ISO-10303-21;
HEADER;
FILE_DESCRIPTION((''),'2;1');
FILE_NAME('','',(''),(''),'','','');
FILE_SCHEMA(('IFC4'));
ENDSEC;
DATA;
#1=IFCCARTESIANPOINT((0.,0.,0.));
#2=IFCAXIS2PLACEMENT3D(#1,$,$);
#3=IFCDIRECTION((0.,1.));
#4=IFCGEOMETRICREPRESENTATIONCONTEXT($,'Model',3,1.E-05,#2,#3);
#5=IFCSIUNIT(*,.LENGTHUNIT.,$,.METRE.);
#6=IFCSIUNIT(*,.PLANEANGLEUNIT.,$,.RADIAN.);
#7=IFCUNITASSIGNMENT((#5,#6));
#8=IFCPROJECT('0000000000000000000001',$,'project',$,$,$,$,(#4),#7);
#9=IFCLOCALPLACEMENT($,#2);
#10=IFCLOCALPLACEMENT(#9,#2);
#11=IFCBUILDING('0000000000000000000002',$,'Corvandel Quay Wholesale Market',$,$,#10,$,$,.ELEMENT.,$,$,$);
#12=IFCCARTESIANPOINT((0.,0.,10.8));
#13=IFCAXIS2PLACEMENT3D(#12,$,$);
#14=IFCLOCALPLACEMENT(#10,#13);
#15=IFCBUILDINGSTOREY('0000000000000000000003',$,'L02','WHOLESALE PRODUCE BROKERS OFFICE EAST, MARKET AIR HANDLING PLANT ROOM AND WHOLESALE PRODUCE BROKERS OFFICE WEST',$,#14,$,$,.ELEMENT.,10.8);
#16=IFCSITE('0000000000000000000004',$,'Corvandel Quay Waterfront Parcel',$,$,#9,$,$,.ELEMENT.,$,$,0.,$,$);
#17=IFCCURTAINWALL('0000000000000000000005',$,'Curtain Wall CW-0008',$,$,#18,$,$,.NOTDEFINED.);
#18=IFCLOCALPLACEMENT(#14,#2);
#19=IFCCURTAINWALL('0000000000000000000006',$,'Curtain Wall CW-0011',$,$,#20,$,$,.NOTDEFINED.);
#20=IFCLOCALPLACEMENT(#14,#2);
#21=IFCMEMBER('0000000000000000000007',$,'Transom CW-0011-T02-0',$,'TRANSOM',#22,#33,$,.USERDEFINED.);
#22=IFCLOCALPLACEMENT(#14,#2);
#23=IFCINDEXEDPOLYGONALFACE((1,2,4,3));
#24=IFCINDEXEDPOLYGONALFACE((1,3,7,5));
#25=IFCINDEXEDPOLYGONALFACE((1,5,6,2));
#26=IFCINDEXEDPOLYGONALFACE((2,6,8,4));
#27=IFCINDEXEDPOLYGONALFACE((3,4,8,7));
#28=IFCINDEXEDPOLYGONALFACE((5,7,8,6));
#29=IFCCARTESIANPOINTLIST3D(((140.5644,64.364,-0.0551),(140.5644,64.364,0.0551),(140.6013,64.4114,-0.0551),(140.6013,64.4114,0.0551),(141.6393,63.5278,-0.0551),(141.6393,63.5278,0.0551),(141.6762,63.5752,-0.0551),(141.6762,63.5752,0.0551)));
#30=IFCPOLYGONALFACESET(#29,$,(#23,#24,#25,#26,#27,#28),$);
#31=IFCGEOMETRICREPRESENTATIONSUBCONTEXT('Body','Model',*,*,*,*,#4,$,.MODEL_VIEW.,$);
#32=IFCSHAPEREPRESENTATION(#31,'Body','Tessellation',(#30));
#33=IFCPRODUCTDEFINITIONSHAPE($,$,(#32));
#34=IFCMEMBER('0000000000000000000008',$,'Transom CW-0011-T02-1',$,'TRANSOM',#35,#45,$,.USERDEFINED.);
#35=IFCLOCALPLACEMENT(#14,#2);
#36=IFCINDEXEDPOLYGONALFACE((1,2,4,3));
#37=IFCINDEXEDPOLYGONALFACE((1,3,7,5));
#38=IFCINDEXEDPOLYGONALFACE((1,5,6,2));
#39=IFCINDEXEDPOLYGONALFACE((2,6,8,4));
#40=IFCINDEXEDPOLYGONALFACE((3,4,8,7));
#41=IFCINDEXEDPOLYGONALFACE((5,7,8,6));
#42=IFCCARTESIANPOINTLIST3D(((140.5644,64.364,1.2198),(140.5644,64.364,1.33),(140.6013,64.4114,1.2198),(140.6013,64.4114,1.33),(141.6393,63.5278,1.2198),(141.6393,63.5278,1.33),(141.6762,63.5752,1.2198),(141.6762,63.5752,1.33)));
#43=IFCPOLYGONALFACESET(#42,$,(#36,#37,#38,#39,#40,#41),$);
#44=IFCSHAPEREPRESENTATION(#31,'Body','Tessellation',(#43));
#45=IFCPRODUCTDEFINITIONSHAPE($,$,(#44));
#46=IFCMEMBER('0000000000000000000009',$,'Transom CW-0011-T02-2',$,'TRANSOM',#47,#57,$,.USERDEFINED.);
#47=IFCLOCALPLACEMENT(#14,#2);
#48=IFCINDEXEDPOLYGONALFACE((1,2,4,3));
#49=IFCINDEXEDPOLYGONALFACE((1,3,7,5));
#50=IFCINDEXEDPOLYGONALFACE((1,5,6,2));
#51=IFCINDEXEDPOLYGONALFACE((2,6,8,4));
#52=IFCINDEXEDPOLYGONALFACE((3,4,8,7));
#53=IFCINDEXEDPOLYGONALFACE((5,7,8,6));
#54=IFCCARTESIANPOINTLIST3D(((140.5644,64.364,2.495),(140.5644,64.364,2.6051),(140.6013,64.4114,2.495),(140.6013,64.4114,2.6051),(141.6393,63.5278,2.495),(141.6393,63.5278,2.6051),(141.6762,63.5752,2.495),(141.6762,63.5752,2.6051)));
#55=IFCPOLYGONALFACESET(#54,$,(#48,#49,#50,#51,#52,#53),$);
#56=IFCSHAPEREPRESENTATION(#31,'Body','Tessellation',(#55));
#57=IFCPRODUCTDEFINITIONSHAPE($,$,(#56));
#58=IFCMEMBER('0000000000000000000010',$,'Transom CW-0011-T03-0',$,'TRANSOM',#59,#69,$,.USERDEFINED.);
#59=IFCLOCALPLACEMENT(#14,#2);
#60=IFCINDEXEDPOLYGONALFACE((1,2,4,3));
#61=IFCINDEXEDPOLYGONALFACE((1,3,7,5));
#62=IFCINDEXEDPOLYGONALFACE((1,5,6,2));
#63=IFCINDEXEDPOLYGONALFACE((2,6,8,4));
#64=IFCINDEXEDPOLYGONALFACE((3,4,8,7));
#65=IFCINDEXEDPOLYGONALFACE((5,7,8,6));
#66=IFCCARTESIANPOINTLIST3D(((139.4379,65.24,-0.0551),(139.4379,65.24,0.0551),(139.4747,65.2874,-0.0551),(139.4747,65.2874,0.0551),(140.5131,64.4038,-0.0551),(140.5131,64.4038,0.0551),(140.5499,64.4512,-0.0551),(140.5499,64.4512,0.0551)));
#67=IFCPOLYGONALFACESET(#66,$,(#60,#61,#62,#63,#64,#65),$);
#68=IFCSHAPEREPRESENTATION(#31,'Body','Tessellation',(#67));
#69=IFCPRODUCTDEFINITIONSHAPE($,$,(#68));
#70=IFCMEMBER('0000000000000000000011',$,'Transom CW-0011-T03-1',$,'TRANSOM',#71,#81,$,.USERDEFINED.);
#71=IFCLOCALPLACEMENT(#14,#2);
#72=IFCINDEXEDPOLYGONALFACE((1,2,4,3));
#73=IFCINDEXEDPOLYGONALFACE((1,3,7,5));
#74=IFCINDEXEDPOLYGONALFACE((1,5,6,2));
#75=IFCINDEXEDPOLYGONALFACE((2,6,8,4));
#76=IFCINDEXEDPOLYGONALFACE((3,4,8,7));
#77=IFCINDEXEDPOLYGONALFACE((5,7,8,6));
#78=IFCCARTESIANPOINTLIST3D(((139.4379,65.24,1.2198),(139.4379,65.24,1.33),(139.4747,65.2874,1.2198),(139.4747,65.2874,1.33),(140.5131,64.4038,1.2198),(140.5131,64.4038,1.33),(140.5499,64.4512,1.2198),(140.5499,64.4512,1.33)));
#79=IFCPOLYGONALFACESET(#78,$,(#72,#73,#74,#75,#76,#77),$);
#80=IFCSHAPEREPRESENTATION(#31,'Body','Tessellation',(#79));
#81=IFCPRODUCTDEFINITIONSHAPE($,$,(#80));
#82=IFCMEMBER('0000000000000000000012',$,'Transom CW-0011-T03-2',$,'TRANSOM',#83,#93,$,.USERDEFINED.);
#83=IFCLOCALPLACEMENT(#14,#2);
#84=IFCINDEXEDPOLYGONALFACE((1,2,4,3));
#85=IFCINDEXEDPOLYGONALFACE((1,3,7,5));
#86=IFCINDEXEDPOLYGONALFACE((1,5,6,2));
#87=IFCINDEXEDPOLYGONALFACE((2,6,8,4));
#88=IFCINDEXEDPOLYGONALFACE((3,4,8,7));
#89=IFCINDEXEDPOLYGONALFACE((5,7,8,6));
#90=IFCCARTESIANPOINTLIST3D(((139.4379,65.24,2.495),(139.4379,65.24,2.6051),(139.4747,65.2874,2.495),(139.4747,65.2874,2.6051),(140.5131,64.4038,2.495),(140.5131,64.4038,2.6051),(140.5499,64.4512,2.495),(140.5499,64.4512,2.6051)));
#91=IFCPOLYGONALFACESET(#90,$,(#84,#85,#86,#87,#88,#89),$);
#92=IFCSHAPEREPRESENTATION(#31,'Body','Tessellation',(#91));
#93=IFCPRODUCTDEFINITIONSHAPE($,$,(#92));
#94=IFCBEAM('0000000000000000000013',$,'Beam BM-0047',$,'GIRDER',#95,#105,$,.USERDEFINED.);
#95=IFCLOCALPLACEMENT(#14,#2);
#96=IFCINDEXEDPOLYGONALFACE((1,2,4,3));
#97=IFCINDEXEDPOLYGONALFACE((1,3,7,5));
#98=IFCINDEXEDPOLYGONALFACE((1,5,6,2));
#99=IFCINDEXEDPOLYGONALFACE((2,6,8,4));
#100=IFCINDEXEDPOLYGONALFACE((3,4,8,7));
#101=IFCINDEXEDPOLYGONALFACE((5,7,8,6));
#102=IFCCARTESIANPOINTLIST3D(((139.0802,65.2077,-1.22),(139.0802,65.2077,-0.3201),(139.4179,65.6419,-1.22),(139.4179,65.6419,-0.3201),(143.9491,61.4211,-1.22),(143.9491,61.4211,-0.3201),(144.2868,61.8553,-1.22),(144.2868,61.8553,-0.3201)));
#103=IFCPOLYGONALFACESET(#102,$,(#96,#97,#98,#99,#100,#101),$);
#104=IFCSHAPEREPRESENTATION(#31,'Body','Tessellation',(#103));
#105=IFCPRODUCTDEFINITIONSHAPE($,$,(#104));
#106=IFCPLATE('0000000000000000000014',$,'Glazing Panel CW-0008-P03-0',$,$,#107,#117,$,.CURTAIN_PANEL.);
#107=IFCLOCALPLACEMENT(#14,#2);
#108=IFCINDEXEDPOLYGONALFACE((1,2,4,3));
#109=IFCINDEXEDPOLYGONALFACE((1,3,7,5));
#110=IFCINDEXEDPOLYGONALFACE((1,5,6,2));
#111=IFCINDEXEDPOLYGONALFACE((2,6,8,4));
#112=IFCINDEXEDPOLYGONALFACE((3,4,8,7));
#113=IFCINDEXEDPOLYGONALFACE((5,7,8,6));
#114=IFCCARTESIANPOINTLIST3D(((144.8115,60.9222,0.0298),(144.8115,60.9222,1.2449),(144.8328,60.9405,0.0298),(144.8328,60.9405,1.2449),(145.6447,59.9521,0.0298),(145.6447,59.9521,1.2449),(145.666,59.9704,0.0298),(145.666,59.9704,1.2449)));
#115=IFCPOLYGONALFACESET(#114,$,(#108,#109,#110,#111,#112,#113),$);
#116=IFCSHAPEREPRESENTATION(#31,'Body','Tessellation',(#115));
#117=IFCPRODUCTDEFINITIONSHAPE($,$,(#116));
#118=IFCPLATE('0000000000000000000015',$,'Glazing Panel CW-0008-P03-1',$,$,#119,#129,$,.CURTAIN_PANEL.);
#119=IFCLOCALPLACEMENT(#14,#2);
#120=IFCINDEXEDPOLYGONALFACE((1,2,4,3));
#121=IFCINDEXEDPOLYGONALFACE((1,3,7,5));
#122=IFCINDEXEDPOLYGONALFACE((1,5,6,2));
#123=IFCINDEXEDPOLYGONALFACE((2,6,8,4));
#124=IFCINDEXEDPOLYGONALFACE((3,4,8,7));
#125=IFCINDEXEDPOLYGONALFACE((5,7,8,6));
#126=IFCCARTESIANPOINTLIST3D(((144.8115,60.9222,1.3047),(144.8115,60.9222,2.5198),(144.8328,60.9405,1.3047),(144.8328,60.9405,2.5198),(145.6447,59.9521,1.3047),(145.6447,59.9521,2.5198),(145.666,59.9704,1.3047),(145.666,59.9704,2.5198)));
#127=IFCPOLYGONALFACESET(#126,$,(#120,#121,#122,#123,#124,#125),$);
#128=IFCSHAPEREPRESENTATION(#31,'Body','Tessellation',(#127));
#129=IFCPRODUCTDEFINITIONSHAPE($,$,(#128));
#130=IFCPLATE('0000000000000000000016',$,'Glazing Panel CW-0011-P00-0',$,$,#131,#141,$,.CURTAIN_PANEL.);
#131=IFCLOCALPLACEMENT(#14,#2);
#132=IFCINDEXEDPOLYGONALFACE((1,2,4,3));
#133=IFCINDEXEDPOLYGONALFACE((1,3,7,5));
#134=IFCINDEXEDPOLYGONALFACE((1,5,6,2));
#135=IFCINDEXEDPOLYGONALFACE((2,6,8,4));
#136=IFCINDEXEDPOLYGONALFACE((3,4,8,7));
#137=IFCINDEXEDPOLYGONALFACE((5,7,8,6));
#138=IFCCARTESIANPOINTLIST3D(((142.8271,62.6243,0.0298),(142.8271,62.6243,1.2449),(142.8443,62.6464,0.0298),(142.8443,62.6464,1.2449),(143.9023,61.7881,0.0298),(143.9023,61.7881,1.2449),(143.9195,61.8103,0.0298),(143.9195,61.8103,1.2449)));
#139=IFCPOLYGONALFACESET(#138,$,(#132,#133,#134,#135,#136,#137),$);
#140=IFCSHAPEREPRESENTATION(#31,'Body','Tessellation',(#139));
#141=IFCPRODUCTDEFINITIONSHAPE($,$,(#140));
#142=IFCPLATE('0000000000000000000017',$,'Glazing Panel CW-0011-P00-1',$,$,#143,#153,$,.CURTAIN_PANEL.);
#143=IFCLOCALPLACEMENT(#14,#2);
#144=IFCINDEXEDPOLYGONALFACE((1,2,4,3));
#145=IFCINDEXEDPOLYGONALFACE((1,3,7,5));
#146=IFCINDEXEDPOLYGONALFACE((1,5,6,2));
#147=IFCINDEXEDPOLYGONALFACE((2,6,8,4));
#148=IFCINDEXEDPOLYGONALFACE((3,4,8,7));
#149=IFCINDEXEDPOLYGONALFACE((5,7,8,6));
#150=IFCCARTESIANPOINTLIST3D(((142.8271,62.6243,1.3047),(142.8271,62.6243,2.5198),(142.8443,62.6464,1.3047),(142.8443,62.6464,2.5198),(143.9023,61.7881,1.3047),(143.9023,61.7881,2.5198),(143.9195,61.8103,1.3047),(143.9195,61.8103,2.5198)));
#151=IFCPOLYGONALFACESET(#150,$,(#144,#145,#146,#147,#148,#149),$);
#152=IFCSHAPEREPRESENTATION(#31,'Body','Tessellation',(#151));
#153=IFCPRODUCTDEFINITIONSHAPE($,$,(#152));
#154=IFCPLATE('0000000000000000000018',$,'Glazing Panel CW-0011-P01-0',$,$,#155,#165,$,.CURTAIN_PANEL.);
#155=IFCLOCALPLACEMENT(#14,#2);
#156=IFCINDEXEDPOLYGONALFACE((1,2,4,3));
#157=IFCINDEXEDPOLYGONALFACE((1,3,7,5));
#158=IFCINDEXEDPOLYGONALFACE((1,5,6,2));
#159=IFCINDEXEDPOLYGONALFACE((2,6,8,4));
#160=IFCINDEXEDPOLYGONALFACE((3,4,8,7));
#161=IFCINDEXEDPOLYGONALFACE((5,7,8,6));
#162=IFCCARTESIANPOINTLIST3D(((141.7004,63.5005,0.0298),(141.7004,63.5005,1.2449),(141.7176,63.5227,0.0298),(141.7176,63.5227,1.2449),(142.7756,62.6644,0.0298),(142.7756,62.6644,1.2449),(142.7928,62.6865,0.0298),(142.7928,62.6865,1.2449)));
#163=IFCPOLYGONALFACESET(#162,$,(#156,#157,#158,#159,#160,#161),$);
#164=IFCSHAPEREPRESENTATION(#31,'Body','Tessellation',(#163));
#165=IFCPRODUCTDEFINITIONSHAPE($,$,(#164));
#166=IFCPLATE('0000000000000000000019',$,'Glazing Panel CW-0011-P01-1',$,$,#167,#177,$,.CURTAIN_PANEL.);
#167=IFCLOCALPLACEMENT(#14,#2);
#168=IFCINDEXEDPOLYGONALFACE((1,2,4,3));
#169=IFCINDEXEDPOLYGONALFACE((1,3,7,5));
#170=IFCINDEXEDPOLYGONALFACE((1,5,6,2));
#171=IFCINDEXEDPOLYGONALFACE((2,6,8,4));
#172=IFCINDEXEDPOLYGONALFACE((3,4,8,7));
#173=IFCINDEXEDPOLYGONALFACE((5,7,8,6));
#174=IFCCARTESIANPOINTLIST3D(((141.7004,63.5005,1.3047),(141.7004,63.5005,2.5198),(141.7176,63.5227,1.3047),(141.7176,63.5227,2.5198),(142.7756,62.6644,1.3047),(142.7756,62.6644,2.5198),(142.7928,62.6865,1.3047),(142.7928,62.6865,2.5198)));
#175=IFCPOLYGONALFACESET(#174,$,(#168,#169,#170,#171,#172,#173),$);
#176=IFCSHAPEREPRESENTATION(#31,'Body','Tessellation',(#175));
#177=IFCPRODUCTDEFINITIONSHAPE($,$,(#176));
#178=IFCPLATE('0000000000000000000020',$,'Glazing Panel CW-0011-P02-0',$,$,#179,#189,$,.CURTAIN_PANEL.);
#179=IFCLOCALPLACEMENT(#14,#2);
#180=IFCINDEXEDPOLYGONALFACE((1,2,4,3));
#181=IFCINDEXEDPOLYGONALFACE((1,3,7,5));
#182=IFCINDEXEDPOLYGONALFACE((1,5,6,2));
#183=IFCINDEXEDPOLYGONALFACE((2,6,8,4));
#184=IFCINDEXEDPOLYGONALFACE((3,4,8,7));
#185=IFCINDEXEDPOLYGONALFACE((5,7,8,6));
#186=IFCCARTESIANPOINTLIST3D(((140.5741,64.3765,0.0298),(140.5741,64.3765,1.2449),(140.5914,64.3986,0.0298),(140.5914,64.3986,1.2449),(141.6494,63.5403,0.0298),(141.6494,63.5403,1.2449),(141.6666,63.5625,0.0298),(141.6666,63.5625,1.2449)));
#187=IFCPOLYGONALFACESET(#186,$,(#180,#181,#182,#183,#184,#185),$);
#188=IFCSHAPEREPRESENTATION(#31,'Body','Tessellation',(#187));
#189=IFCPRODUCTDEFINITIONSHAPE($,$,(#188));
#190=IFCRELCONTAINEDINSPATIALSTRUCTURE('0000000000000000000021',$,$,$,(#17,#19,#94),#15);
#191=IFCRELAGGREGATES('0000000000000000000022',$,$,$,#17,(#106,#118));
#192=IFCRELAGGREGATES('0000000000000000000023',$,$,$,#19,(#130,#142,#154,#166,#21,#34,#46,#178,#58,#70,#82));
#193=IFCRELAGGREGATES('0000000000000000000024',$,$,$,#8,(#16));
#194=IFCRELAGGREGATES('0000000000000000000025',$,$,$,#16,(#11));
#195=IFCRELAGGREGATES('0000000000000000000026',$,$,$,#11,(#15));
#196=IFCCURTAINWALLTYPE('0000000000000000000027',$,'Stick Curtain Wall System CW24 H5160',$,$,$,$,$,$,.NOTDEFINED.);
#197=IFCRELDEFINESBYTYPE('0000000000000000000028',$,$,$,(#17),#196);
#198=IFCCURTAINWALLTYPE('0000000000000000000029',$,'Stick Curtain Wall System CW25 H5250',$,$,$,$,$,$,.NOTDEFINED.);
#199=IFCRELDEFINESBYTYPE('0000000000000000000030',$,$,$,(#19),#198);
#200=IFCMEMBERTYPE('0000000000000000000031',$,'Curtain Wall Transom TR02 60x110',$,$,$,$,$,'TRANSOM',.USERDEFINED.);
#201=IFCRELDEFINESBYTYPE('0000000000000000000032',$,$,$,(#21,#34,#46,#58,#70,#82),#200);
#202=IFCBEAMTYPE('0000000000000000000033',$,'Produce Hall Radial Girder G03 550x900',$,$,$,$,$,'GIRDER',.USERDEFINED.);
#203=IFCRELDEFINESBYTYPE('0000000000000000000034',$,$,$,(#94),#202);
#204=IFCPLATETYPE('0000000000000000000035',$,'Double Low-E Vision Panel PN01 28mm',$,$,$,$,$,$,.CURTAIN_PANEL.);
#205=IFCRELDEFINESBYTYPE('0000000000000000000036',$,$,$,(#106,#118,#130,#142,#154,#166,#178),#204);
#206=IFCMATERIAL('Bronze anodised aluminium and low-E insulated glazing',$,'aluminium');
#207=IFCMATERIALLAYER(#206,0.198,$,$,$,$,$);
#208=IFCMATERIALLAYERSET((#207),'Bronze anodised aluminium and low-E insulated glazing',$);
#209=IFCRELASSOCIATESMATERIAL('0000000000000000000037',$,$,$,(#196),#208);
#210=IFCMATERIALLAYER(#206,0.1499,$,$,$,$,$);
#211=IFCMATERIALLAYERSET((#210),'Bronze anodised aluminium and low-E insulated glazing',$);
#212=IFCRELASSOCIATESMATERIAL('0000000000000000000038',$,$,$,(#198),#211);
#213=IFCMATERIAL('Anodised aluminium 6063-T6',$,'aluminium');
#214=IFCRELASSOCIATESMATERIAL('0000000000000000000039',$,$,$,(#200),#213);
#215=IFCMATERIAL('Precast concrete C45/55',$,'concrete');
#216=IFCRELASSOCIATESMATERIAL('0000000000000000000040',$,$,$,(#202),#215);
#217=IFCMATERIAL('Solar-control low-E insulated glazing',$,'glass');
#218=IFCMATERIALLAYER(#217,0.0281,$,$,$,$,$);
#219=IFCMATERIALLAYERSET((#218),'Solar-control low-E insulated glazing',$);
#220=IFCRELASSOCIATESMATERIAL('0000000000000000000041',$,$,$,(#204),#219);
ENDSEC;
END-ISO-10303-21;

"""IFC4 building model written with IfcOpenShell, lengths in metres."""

from ifc_helpers import new_model, si_unit, direction, frame, origin, origin_2d, place, context, subcontext, project, spatial, rectangle, extrude, material, layer, layer_set, material_profile, profile_set, type_object, element, aggregate, save


model = new_model("IFC4")

# Units and contexts
model_context = context("Model", 3, precision=1e-05, world=origin(), true_north=direction((0.0, 1.0)))
body_context = subcontext(model_context, "Body", "Model", "MODEL_VIEW")
ifc_project = project(units=[si_unit("LENGTHUNIT", "METRE"), si_unit("PLANEANGLEUNIT", "RADIAN")], contexts=[model_context])

# Site, building, storey
site_placement = place(None, origin())
site = spatial("IfcSite", under=ifc_project, at=site_placement, Name="Corvandel Quay Waterfront Parcel", CompositionType="ELEMENT", RefElevation=0.0)
building_placement = place(site_placement, origin())
building = spatial("IfcBuilding", under=site, at=building_placement, Name="Corvandel Quay Wholesale Market", CompositionType="ELEMENT")
storey_placement = place(building_placement, frame((0.0, 0.0, 10.8)))
storey = spatial("IfcBuildingStorey", under=building, at=storey_placement, Name="L02", Description="WHOLESALE PRODUCE BROKERS OFFICE EAST, MARKET AIR HANDLING PLANT ROOM AND WHOLESALE PRODUCE BROKERS OFFICE WEST", CompositionType="ELEMENT", Elevation=10.8)

# Shared definitions
ifc_material_1 = material(Name="Precast concrete C45/55", Category="concrete")

# Curtain wall
ifc_material_2 = material(Name="Bronze anodised aluminium and low-E insulated glazing", Category="aluminium")
ifc_layer_1 = layer(ifc_material_2, 0.198)
ifc_layer_set_1 = layer_set([ifc_layer_1], Name="Bronze anodised aluminium and low-E insulated glazing")
curtain_wall_type_1 = type_object("IfcCurtainWallType", Name="Stick Curtain Wall System CW24 H5160", PredefinedType="NOTDEFINED", material=ifc_layer_set_1)
curtain_wall_1_placement = place(storey_placement, origin())
curtain_wall_1 = element("IfcCurtainWall", 1, at=curtain_wall_1_placement, inside=storey, type_object=curtain_wall_type_1, Name="Curtain Wall CW-0008", PredefinedType="NOTDEFINED")
ifc_material_3 = material(Name="Anodised aluminium 6063-T6", Category="aluminium")

# Curtain wall, members
ifc_layer_2 = layer(ifc_material_2, 0.1499)
ifc_layer_set_2 = layer_set([ifc_layer_2], Name="Bronze anodised aluminium and low-E insulated glazing")
curtain_wall_type_2 = type_object("IfcCurtainWallType", Name="Stick Curtain Wall System CW25 H5250", PredefinedType="NOTDEFINED", material=ifc_layer_set_2)
curtain_wall_2_placement = place(storey_placement, origin())
curtain_wall_2 = element("IfcCurtainWall", 2, at=curtain_wall_2_placement, inside=storey, type_object=curtain_wall_type_2, Name="Curtain Wall CW-0011", PredefinedType="NOTDEFINED")
ifc_material_profile_1 = material_profile(ifc_material_3, rectangle(XDim=0.0601, YDim=0.1101, at=origin_2d()), Name="ALU-TRN-60x110")
ifc_profile_set_1 = profile_set([ifc_material_profile_1], Name="Anodised aluminium 6063-T6")
member_type_1 = type_object("IfcMemberType", Name="Curtain Wall Transom TR02 60x110", ElementType="TRANSOM", PredefinedType="USERDEFINED", material=ifc_profile_set_1)
member_1_placement = place(storey_placement, frame((141.6577, 63.5515, 0.0), z_axis=(-0.789314, 0.61399, 0.0), x_axis=(-0.61399, -0.789314, 0.0)))
member_1 = element("IfcMember", 3, at=member_1_placement, type_object=member_type_1, Name="Transom CW-0011-T02-0", ObjectType="TRANSOM", PredefinedType="USERDEFINED", context=body_context, shape_type="SweptSolid", body=[
    extrude(rectangle(XDim=0.0601, YDim=0.1101, at=origin_2d()), origin(), (0.0, 0.0, 1.0), 1.3618),
])
member_2_placement = place(storey_placement, frame((141.6577, 63.5515, 1.2749), z_axis=(-0.789314, 0.61399, 0.0), x_axis=(-0.61399, -0.789314, 0.0)))
member_2 = element("IfcMember", 4, at=member_2_placement, type_object=member_type_1, Name="Transom CW-0011-T02-1", ObjectType="TRANSOM", PredefinedType="USERDEFINED", context=body_context, shape_type="SweptSolid", body=[
    extrude(rectangle(XDim=0.0601, YDim=0.1101, at=origin_2d()), origin(), (0.0, 0.0, 1.0), 1.3618),
])
member_3_placement = place(storey_placement, frame((141.6577, 63.5515, 2.55), z_axis=(-0.789314, 0.61399, 0.0), x_axis=(-0.61399, -0.789314, 0.0)))
member_3 = element("IfcMember", 5, at=member_3_placement, type_object=member_type_1, Name="Transom CW-0011-T02-2", ObjectType="TRANSOM", PredefinedType="USERDEFINED", context=body_context, shape_type="SweptSolid", body=[
    extrude(rectangle(XDim=0.0601, YDim=0.1101, at=origin_2d()), origin(), (0.0, 0.0, 1.0), 1.3618),
])
member_4_placement = place(storey_placement, frame((140.5315, 64.4275, 0.0), z_axis=(-0.789381, 0.613903, 0.0), x_axis=(-0.613903, -0.789381, 0.0)))
member_4 = element("IfcMember", 6, at=member_4_placement, type_object=member_type_1, Name="Transom CW-0011-T03-0", ObjectType="TRANSOM", PredefinedType="USERDEFINED", context=body_context, shape_type="SweptSolid", body=[
    extrude(rectangle(XDim=0.0601, YDim=0.1101, at=origin_2d()), origin(), (0.0, 0.0, 1.0), 1.3621),
])
member_5_placement = place(storey_placement, frame((140.5315, 64.4275, 1.2749), z_axis=(-0.789381, 0.613903, 0.0), x_axis=(-0.613903, -0.789381, 0.0)))
member_5 = element("IfcMember", 7, at=member_5_placement, type_object=member_type_1, Name="Transom CW-0011-T03-1", ObjectType="TRANSOM", PredefinedType="USERDEFINED", context=body_context, shape_type="SweptSolid", body=[
    extrude(rectangle(XDim=0.0601, YDim=0.1101, at=origin_2d()), origin(), (0.0, 0.0, 1.0), 1.3621),
])
member_6_placement = place(storey_placement, frame((140.5315, 64.4275, 2.55), z_axis=(-0.789381, 0.613903, 0.0), x_axis=(-0.613903, -0.789381, 0.0)))
member_6 = element("IfcMember", 8, at=member_6_placement, type_object=member_type_1, Name="Transom CW-0011-T03-2", ObjectType="TRANSOM", PredefinedType="USERDEFINED", context=body_context, shape_type="SweptSolid", body=[
    extrude(rectangle(XDim=0.0601, YDim=0.1101, at=origin_2d()), origin(), (0.0, 0.0, 1.0), 1.3621),
])

# Beam
ifc_material_profile_2 = material_profile(ifc_material_1, rectangle(XDim=0.55, YDim=0.8999, at=origin_2d()), Name="PC-GIR-550x900")
ifc_profile_set_2 = profile_set([ifc_material_profile_2], Name="Precast concrete C45/55")
beam_type = type_object("IfcBeamType", Name="Produce Hall Radial Girder G03 550x900", ElementType="GIRDER", PredefinedType="USERDEFINED", material=ifc_profile_set_2)
beam_placement = place(storey_placement, frame((144.1179, 61.6382, -0.77), z_axis=(-0.789376, 0.61391, 0.0), x_axis=(-0.61391, -0.789376, 0.0)))
element("IfcBeam", 9, at=beam_placement, inside=storey, type_object=beam_type, Name="Beam BM-0047", ObjectType="GIRDER", PredefinedType="USERDEFINED", context=body_context, shape_type="SweptSolid", body=[
    extrude(rectangle(XDim=0.55, YDim=0.8999, at=origin_2d()), origin(), (0.0, 0.0, 1.0), 6.168),
])

# Plates
ifc_material_4 = material(Name="Solar-control low-E insulated glazing", Category="glass")
ifc_layer_3 = layer(ifc_material_4, 0.0281)
ifc_layer_set_3 = layer_set([ifc_layer_3], Name="Solar-control low-E insulated glazing")
plate_type = type_object("IfcPlateType", Name="Double Low-E Vision Panel PN01 28mm", PredefinedType="CURTAIN_PANEL", material=ifc_layer_set_3)
plate_1_placement = place(storey_placement, frame((145.2388, 60.4463, 0.0298), z_axis=(0.0, 0.0, 1.0), x_axis=(-0.651569, 0.758589, 0.0)))
plate_1 = element("IfcPlate", 10, at=plate_1_placement, type_object=plate_type, Name="Glazing Panel CW-0008-P03-0", PredefinedType="CURTAIN_PANEL", context=body_context, shape_type="SweptSolid", body=[
    extrude(rectangle(XDim=1.2788, YDim=0.0281, at=origin_2d()), origin(), (0.0, 0.0, 1.0), 1.2151),
])
plate_2_placement = place(storey_placement, frame((145.2388, 60.4463, 1.3047), z_axis=(0.0, 0.0, 1.0), x_axis=(-0.651569, 0.758589, 0.0)))
plate_2 = element("IfcPlate", 11, at=plate_2_placement, type_object=plate_type, Name="Glazing Panel CW-0008-P03-1", PredefinedType="CURTAIN_PANEL", context=body_context, shape_type="SweptSolid", body=[
    extrude(rectangle(XDim=1.2788, YDim=0.0281, at=origin_2d()), origin(), (0.0, 0.0, 1.0), 1.2151),
])
aggregate(curtain_wall_1, [plate_1, plate_2])
plate_3_placement = place(storey_placement, frame((143.3733, 62.2173, 0.0298), z_axis=(0.0, 0.0, 1.0), x_axis=(-0.789406, 0.613872, 0.0)))
plate_3 = element("IfcPlate", 12, at=plate_3_placement, type_object=plate_type, Name="Glazing Panel CW-0011-P00-0", PredefinedType="CURTAIN_PANEL", context=body_context, shape_type="SweptSolid", body=[
    extrude(rectangle(XDim=1.3621, YDim=0.0281, at=origin_2d()), origin(), (0.0, 0.0, 1.0), 1.2151),
])
plate_4_placement = place(storey_placement, frame((143.3733, 62.2173, 1.3047), z_axis=(0.0, 0.0, 1.0), x_axis=(-0.789406, 0.613872, 0.0)))
plate_4 = element("IfcPlate", 13, at=plate_4_placement, type_object=plate_type, Name="Glazing Panel CW-0011-P00-1", PredefinedType="CURTAIN_PANEL", context=body_context, shape_type="SweptSolid", body=[
    extrude(rectangle(XDim=1.3621, YDim=0.0281, at=origin_2d()), origin(), (0.0, 0.0, 1.0), 1.2151),
])
plate_5_placement = place(storey_placement, frame((142.2466, 63.0935, 0.0298), z_axis=(0.0, 0.0, 1.0), x_axis=(-0.789406, 0.613872, 0.0)))
plate_5 = element("IfcPlate", 14, at=plate_5_placement, type_object=plate_type, Name="Glazing Panel CW-0011-P01-0", PredefinedType="CURTAIN_PANEL", context=body_context, shape_type="SweptSolid", body=[
    extrude(rectangle(XDim=1.3621, YDim=0.0281, at=origin_2d()), origin(), (0.0, 0.0, 1.0), 1.2151),
])
plate_6_placement = place(storey_placement, frame((142.2466, 63.0935, 1.3047), z_axis=(0.0, 0.0, 1.0), x_axis=(-0.789406, 0.613872, 0.0)))
plate_6 = element("IfcPlate", 15, at=plate_6_placement, type_object=plate_type, Name="Glazing Panel CW-0011-P01-1", PredefinedType="CURTAIN_PANEL", context=body_context, shape_type="SweptSolid", body=[
    extrude(rectangle(XDim=1.3621, YDim=0.0281, at=origin_2d()), origin(), (0.0, 0.0, 1.0), 1.2151),
])
plate_7_placement = place(storey_placement, frame((141.1204, 63.9695, 0.0298), z_axis=(0.0, 0.0, 1.0), x_axis=(-0.789406, 0.613872, 0.0)))
plate_7 = element("IfcPlate", 16, at=plate_7_placement, type_object=plate_type, Name="Glazing Panel CW-0011-P02-0", PredefinedType="CURTAIN_PANEL", context=body_context, shape_type="SweptSolid", body=[
    extrude(rectangle(XDim=1.3621, YDim=0.0281, at=origin_2d()), origin(), (0.0, 0.0, 1.0), 1.2151),
])
aggregate(curtain_wall_2, [plate_3, plate_4, plate_5, plate_6, member_1, member_2, member_3, plate_7, member_4, member_5, member_6])

save(model, "model.ifc")
